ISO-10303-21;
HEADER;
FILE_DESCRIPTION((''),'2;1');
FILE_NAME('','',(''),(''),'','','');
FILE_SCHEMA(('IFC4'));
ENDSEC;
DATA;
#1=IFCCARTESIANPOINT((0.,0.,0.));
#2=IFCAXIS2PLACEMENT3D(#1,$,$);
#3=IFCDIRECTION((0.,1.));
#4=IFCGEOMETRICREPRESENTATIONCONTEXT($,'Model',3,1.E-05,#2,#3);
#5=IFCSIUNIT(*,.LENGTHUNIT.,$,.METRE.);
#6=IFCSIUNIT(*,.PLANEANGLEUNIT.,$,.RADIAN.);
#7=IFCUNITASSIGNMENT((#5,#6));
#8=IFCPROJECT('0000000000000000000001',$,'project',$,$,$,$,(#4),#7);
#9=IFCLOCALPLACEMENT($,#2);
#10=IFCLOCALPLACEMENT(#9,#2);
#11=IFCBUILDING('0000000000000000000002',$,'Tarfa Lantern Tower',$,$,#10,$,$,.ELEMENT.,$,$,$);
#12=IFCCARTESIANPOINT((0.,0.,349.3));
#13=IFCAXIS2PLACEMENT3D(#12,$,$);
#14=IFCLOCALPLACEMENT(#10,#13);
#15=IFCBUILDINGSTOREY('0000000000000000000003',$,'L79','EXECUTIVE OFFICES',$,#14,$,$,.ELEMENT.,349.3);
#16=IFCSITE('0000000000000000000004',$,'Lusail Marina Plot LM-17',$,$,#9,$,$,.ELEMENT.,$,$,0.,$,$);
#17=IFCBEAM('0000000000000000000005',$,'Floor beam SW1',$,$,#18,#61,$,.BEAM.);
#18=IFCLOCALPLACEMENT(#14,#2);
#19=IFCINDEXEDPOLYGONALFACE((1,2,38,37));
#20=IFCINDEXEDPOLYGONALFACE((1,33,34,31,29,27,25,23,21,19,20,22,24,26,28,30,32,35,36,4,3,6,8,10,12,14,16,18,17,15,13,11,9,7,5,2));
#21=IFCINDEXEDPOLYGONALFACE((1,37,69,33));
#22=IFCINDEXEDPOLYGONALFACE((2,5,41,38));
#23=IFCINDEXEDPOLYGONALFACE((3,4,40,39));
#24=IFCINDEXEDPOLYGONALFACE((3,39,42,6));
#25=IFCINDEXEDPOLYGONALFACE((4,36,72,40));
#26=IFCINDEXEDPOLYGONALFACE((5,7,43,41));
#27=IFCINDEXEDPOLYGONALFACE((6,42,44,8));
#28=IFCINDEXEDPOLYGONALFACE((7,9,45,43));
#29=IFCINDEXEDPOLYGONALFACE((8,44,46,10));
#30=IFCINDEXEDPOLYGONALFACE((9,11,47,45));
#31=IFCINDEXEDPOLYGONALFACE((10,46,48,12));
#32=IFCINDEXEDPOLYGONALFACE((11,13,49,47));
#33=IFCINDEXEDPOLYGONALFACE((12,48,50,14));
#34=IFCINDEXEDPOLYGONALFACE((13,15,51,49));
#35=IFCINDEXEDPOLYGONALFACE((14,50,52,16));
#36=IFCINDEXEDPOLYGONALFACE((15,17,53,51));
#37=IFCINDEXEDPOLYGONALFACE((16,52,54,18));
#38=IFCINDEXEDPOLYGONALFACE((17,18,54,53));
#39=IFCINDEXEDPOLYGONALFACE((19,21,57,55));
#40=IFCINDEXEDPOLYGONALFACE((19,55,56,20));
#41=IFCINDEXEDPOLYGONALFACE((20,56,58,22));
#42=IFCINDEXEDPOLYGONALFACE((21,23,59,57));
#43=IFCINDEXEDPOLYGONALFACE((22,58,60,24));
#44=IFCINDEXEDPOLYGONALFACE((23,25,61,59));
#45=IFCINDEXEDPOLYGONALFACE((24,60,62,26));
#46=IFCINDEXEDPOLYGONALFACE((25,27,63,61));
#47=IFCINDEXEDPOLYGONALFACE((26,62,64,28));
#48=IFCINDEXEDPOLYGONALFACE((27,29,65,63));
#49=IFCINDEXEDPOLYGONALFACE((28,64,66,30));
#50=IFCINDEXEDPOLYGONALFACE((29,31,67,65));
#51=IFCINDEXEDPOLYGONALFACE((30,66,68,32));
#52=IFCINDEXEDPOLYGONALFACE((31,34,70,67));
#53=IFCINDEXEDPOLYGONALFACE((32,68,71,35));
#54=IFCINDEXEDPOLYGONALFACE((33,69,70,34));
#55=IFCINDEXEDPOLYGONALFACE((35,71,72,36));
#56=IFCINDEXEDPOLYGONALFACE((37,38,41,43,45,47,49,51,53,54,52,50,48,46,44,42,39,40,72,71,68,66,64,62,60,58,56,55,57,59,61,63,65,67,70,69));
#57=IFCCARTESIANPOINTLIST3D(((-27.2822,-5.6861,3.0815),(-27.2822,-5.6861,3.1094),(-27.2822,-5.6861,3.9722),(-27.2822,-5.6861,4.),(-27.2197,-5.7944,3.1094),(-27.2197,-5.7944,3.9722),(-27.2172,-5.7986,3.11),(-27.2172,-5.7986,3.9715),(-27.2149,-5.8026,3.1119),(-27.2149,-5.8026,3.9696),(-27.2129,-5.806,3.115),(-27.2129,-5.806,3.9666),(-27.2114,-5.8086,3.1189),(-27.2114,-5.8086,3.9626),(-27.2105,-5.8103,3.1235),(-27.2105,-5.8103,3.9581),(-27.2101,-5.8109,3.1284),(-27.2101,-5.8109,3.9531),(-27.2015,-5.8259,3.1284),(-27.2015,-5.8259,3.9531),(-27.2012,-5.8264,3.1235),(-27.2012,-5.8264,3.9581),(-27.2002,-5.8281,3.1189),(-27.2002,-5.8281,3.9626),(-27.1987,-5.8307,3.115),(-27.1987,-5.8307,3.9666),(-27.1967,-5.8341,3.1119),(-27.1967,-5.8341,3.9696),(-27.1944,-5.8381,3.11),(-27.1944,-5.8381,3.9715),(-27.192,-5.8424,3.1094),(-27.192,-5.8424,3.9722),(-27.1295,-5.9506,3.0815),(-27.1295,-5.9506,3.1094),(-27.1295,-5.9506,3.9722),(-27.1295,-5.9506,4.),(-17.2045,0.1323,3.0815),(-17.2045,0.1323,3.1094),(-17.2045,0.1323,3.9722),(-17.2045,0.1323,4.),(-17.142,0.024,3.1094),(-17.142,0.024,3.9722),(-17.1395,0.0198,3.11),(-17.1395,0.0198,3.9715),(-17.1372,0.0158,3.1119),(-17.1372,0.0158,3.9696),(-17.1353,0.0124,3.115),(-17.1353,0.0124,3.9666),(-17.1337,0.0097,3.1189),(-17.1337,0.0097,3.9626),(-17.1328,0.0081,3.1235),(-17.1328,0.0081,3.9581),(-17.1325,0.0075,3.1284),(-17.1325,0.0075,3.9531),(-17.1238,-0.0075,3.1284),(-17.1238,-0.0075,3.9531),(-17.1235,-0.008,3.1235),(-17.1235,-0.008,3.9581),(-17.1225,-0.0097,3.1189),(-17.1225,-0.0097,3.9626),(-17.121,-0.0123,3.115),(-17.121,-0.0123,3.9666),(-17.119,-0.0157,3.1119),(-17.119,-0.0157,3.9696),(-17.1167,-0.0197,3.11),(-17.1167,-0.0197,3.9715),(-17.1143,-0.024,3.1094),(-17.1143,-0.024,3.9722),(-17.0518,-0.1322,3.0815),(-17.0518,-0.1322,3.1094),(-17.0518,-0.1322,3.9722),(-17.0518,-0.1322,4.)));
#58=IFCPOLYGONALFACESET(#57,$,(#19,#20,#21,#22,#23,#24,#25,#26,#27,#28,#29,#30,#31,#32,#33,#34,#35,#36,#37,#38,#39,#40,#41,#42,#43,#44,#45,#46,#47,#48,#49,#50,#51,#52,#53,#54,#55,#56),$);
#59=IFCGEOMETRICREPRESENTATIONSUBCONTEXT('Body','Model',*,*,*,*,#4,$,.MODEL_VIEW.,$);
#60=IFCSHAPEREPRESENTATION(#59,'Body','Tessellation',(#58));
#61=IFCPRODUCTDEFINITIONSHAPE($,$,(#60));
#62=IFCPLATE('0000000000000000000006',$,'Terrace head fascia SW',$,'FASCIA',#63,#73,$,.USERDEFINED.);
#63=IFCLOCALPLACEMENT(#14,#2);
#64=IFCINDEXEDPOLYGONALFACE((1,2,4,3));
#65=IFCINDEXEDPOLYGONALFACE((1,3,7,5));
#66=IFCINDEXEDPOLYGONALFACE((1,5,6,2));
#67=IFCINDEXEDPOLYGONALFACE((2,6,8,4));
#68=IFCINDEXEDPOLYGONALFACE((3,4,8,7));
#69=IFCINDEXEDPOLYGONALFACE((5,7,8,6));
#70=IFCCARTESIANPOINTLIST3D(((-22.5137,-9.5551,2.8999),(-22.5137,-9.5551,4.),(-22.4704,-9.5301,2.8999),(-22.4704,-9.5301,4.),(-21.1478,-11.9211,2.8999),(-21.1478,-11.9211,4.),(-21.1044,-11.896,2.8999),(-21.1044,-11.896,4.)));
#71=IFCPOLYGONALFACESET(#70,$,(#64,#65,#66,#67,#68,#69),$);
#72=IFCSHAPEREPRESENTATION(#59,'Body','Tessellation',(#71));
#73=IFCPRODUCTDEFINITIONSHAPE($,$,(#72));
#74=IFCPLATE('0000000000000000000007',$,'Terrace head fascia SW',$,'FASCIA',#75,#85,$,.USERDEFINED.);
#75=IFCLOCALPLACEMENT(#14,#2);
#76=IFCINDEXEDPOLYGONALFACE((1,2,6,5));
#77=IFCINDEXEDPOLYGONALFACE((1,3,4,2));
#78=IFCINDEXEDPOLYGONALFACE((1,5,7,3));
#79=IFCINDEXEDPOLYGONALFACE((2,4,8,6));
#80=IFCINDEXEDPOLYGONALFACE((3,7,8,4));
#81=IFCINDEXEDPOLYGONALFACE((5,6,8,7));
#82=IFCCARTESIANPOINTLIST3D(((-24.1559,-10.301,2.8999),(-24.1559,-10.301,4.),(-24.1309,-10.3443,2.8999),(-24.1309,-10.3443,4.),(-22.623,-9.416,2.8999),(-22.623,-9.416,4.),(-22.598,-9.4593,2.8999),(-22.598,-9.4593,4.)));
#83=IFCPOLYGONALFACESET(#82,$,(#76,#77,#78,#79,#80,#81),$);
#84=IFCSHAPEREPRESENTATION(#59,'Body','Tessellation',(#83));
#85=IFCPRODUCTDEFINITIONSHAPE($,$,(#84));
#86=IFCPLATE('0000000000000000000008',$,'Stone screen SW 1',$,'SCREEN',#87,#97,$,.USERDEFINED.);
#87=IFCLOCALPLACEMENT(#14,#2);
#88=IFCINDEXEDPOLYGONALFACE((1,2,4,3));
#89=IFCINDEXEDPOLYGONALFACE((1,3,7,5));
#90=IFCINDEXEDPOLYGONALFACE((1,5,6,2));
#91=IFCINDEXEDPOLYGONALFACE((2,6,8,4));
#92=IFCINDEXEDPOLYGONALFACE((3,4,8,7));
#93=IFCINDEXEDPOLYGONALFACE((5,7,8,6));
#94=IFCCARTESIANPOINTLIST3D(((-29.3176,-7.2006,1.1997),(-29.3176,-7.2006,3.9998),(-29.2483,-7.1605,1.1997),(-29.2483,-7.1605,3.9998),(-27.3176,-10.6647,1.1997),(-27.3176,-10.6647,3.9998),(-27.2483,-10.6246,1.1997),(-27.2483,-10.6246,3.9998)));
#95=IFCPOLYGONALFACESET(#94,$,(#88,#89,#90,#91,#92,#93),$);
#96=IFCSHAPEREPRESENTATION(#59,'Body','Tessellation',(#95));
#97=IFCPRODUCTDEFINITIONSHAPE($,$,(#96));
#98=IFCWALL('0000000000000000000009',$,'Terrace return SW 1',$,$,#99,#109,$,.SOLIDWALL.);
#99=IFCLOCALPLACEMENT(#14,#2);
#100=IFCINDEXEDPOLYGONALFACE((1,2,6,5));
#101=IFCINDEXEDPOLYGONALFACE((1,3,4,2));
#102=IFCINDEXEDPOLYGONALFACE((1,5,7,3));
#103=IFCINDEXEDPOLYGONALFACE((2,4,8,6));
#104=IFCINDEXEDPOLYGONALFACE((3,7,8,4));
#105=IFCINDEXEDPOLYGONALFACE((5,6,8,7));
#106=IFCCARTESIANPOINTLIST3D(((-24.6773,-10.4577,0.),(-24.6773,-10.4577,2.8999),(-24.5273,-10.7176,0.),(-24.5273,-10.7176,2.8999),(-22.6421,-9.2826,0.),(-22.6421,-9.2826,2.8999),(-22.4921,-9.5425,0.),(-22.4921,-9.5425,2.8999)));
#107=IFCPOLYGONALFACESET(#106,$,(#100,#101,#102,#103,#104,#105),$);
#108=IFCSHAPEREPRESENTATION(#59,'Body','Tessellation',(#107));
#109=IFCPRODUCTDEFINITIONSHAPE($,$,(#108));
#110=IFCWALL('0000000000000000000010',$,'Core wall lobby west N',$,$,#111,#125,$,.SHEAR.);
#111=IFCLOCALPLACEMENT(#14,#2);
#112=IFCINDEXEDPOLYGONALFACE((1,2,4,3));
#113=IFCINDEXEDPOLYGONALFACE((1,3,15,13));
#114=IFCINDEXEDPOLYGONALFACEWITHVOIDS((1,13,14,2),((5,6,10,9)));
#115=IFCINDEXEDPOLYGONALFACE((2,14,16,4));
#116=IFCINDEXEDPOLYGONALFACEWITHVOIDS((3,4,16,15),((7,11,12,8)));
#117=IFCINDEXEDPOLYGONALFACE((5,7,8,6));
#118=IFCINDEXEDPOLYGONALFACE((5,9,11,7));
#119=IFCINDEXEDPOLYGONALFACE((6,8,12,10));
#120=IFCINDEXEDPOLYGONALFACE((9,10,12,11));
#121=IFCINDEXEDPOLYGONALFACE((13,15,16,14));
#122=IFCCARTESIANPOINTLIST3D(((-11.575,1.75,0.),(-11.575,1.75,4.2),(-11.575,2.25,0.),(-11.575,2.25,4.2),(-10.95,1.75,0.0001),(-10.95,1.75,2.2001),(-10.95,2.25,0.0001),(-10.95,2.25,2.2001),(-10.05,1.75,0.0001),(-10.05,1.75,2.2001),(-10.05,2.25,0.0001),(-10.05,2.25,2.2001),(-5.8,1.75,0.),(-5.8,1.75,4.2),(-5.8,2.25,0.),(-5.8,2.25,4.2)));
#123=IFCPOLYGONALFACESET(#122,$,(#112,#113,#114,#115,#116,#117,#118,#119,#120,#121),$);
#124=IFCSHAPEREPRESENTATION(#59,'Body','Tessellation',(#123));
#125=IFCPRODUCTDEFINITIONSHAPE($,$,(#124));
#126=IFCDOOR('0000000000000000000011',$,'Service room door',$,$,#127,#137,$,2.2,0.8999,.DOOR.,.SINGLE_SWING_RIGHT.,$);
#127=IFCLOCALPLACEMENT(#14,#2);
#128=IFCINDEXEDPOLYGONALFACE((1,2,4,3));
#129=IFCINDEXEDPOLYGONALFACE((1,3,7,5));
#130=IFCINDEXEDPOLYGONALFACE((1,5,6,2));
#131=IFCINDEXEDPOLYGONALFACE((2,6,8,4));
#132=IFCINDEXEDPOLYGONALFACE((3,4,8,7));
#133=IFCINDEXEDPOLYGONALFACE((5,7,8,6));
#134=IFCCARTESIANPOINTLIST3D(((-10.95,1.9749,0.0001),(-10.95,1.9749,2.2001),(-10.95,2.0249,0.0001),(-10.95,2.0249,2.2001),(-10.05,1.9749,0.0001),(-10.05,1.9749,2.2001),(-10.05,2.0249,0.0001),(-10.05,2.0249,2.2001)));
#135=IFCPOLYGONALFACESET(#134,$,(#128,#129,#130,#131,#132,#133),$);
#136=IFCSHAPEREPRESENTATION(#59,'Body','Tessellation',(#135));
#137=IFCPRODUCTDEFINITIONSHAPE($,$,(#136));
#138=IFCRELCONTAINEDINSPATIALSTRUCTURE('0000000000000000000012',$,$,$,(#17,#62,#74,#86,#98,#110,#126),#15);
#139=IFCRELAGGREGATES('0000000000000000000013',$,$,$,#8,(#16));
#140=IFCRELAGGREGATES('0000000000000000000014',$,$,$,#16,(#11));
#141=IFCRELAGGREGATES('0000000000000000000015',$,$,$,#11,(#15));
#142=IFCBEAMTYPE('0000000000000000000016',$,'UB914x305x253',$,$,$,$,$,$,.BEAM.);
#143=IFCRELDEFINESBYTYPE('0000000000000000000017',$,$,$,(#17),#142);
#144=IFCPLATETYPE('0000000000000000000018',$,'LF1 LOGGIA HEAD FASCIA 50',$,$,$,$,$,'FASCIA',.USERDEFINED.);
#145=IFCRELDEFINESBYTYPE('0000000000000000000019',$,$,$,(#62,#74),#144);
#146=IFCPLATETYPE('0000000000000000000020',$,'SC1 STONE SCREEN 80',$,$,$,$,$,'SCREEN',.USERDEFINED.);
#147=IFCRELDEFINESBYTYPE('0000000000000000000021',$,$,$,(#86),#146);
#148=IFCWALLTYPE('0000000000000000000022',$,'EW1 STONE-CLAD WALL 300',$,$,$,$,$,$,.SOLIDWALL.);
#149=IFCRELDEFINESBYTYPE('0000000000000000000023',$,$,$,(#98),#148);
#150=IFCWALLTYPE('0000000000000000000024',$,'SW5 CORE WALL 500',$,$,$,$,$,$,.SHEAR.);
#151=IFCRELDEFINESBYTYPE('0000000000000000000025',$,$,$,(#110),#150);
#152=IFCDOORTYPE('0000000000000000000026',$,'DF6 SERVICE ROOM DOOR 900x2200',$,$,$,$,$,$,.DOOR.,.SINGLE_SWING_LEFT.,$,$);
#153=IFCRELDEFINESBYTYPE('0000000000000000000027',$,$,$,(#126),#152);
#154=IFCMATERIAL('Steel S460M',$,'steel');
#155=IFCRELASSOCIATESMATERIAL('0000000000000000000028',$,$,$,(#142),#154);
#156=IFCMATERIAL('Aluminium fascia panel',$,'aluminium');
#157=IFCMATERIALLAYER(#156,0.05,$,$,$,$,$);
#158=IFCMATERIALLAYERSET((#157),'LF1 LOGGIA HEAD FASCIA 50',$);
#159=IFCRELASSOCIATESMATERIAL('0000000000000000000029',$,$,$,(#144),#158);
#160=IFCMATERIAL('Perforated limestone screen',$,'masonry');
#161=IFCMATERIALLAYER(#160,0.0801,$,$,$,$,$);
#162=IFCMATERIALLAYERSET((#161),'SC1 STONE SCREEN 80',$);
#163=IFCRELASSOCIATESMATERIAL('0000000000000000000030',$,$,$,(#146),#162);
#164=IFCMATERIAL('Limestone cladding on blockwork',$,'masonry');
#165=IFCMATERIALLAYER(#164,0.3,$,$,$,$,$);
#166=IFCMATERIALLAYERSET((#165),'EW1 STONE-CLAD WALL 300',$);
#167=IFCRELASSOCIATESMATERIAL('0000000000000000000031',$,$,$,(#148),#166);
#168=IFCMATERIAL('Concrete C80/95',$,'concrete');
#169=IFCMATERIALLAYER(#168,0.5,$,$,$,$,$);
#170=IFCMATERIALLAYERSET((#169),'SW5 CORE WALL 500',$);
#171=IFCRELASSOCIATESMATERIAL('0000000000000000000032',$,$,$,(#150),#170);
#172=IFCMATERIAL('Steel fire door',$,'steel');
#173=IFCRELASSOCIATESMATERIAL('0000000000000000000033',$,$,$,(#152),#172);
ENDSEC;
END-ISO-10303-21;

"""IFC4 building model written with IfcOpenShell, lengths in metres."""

from ifc_helpers import new_model, si_unit, direction, frame, frame_2d, origin, origin_2d, place, context, subcontext, project, spatial, rectangle, i_section, extrude, material, layer, layer_set, material_profile, profile_set, type_object, element, fill, save


model = new_model("IFC4")

# Units and contexts
model_context = context("Model", 3, precision=1e-05, world=origin(), true_north=direction((0.0, 1.0)))
body_context = subcontext(model_context, "Body", "Model", "MODEL_VIEW")
ifc_project = project(units=[si_unit("LENGTHUNIT", "METRE"), si_unit("PLANEANGLEUNIT", "RADIAN")], contexts=[model_context])

# Site, building, storey
site_placement = place(None, origin())
site = spatial("IfcSite", under=ifc_project, at=site_placement, Name="Lusail Marina Plot LM-17", CompositionType="ELEMENT", RefElevation=0.0)
building_placement = place(site_placement, origin())
building = spatial("IfcBuilding", under=site, at=building_placement, Name="Tarfa Lantern Tower", CompositionType="ELEMENT")
storey_placement = place(building_placement, frame((0.0, 0.0, 349.3)))
storey = spatial("IfcBuildingStorey", under=building, at=storey_placement, Name="L79", Description="EXECUTIVE OFFICES", CompositionType="ELEMENT", Elevation=349.3)

# Shared definitions
ifc_material_1 = material(Name="Concrete C80/95", Category="concrete")

# Beam
ifc_material_2 = material(Name="Steel S460M", Category="steel")
ifc_material_profile_1 = material_profile(ifc_material_2, i_section(OverallWidth=0.3054, OverallDepth=0.9185, WebThickness=0.0173, FlangeThickness=0.0278, FilletRadius=0.019, at=origin_2d()), Name="UB914x305x253")
ifc_profile_set_1 = profile_set([ifc_material_profile_1], Name="Steel S460M")
beam_type_1 = type_object("IfcBeamType", Name="UB914x305x253", PredefinedType="BEAM", material=ifc_profile_set_1)
beam_1_placement = place(storey_placement, frame((-27.2058, -5.8184, 3.5408), z_axis=(0.866024, 0.500002, 0.0), x_axis=(-0.500002, 0.866024, 0.0)))
element("IfcBeam", 1, at=beam_1_placement, inside=storey, type_object=beam_type_1, Name="Floor beam SW1", PredefinedType="BEAM", context=body_context, shape_type="SweptSolid", body=[
    extrude(i_section(OverallWidth=0.3054, OverallDepth=0.9185, WebThickness=0.0173, FlangeThickness=0.0278, FilletRadius=0.019, at=origin_2d()), origin(), (0.0, 0.0, 1.0), 11.6367),
])

# Plates
ifc_material_3 = material(Name="Aluminium fascia panel", Category="aluminium")
ifc_layer_1 = layer(ifc_material_3, 0.05)
ifc_layer_set_1 = layer_set([ifc_layer_1], Name="LF1 LOGGIA HEAD FASCIA 50")
plate_type_1 = type_object("IfcPlateType", Name="LF1 LOGGIA HEAD FASCIA 50", ElementType="FASCIA", PredefinedType="USERDEFINED", material=ifc_layer_set_1)
plate_1_placement = place(storey_placement, frame((-21.8091, -10.7256, 2.8999), z_axis=(0.0, 0.0, 1.0), x_axis=(0.5, -0.866025, 0.0)))
element("IfcPlate", 2, at=plate_1_placement, inside=storey, type_object=plate_type_1, Name="Terrace head fascia SW", ObjectType="FASCIA", PredefinedType="USERDEFINED", context=body_context, shape_type="SweptSolid", body=[
    extrude(rectangle(XDim=2.7319, YDim=0.05, at=origin_2d()), origin(), (0.0, 0.0, 1.0), 1.1001),
])
plate_2_placement = place(storey_placement, frame((-23.377, -9.8801, 2.8999), z_axis=(0.0, 0.0, 1.0), x_axis=(0.866025, 0.5, 0.0)))
element("IfcPlate", 3, at=plate_2_placement, inside=storey, type_object=plate_type_1, Name="Terrace head fascia SW", ObjectType="FASCIA", PredefinedType="USERDEFINED", context=body_context, shape_type="SweptSolid", body=[
    extrude(rectangle(XDim=1.77, YDim=0.05, at=origin_2d()), origin(), (0.0, 0.0, 1.0), 1.1001),
])
ifc_material_4 = material(Name="Perforated limestone screen", Category="masonry")
ifc_layer_2 = layer(ifc_material_4, 0.0801)
ifc_layer_set_2 = layer_set([ifc_layer_2], Name="SC1 STONE SCREEN 80")
plate_type_2 = type_object("IfcPlateType", Name="SC1 STONE SCREEN 80", ElementType="SCREEN", PredefinedType="USERDEFINED", material=ifc_layer_set_2)
plate_3_placement = place(storey_placement, frame((-28.283, -8.9126, 1.1997), z_axis=(0.0, 0.0, 1.0), x_axis=(0.5, -0.866025, 0.0)))
element("IfcPlate", 4, at=plate_3_placement, inside=storey, type_object=plate_type_2, Name="Stone screen SW 1", ObjectType="SCREEN", PredefinedType="USERDEFINED", context=body_context, shape_type="SweptSolid", body=[
    extrude(rectangle(XDim=4.0, YDim=0.0801, at=origin_2d()), origin(), (0.0, 0.0, 1.0), 2.8),
])

# Shared definitions
ifc_material_5 = material(Name="Limestone cladding on blockwork", Category="masonry")
ifc_layer_3 = layer(ifc_material_5, 0.3)
ifc_layer_set_3 = layer_set([ifc_layer_3], Name="EW1 STONE-CLAD WALL 300")
wall_type_1 = type_object("IfcWallType", Name="EW1 STONE-CLAD WALL 300", PredefinedType="SOLIDWALL", material=ifc_layer_set_3)

# Wall
wall_1_placement = place(storey_placement, frame((-24.6023, -10.5876, 0.0), z_axis=(0.0, 0.0, 1.0), x_axis=(0.866016, 0.500016, 0.0)))
element("IfcWall", 5, at=wall_1_placement, inside=storey, type_object=wall_type_1, Name="Terrace return SW 1", PredefinedType="SOLIDWALL", context=body_context, shape_type="SweptSolid", body=[
    extrude(rectangle(XDim=2.3501, YDim=0.3, at=frame_2d((1.175, 0.0))), origin(), (0.0, 0.0, 1.0), 2.8999),
])

# Wall, opening, door
ifc_layer_4 = layer(ifc_material_1, 0.5)
ifc_layer_set_4 = layer_set([ifc_layer_4], Name="SW5 CORE WALL 500")
wall_type_2 = type_object("IfcWallType", Name="SW5 CORE WALL 500", PredefinedType="SHEAR", material=ifc_layer_set_4)
wall_2_placement = place(storey_placement, frame((-11.575, 2.0, 0.0), z_axis=(0.0, 0.0, 1.0), x_axis=(1.0, 0.0, 0.0)))
wall_2 = element("IfcWall", 6, at=wall_2_placement, inside=storey, type_object=wall_type_2, Name="Core wall lobby west N", PredefinedType="SHEAR", context=body_context, shape_type="SweptSolid", body=[
    extrude(rectangle(XDim=5.7749, YDim=0.5, at=frame_2d((2.8875, 0.0))), origin(), (0.0, 0.0, 1.0), 4.2),
])
opening_1_placement = place(wall_2_placement, frame((0.625, 0.0, 0.0)))
opening_1 = element("IfcOpeningElement", 7, at=opening_1_placement, cuts=wall_2, PredefinedType="OPENING", context=body_context, shape_type="SweptSolid", body=[
    extrude(rectangle(XDim=0.8999, YDim=2.2, at=frame_2d((0.45, 1.1001))), frame((0.0, 0.26, 0.0), z_axis=(0.0, -1.0, 0.0), x_axis=(1.0, 0.0, 0.0)), (0.0, 0.0, 1.0), 0.52),
])
ifc_material_6 = material(Name="Steel fire door", Category="steel")
door_type_1 = type_object("IfcDoorType", Name="DF6 SERVICE ROOM DOOR 900x2200", OperationType="SINGLE_SWING_LEFT", PredefinedType="DOOR", material=ifc_material_6)
door_1_placement = place(opening_1_placement, origin())
door_1 = element("IfcDoor", 8, at=door_1_placement, inside=storey, type_object=door_type_1, Name="Service room door", OperationType="SINGLE_SWING_RIGHT", OverallHeight=2.2, OverallWidth=0.8999, PredefinedType="DOOR", context=body_context, shape_type="SweptSolid", body=[
    extrude(rectangle(XDim=0.8999, YDim=2.2, at=frame_2d((0.45, 1.1001))), frame((0.0, 0.0249, 0.0), z_axis=(0.0, -1.0, 0.0), x_axis=(1.0, 0.0, 0.0)), (0.0, 0.0, 1.0), 0.05),
])
fill(opening_1, door_1)

save(model, "model.ifc")
